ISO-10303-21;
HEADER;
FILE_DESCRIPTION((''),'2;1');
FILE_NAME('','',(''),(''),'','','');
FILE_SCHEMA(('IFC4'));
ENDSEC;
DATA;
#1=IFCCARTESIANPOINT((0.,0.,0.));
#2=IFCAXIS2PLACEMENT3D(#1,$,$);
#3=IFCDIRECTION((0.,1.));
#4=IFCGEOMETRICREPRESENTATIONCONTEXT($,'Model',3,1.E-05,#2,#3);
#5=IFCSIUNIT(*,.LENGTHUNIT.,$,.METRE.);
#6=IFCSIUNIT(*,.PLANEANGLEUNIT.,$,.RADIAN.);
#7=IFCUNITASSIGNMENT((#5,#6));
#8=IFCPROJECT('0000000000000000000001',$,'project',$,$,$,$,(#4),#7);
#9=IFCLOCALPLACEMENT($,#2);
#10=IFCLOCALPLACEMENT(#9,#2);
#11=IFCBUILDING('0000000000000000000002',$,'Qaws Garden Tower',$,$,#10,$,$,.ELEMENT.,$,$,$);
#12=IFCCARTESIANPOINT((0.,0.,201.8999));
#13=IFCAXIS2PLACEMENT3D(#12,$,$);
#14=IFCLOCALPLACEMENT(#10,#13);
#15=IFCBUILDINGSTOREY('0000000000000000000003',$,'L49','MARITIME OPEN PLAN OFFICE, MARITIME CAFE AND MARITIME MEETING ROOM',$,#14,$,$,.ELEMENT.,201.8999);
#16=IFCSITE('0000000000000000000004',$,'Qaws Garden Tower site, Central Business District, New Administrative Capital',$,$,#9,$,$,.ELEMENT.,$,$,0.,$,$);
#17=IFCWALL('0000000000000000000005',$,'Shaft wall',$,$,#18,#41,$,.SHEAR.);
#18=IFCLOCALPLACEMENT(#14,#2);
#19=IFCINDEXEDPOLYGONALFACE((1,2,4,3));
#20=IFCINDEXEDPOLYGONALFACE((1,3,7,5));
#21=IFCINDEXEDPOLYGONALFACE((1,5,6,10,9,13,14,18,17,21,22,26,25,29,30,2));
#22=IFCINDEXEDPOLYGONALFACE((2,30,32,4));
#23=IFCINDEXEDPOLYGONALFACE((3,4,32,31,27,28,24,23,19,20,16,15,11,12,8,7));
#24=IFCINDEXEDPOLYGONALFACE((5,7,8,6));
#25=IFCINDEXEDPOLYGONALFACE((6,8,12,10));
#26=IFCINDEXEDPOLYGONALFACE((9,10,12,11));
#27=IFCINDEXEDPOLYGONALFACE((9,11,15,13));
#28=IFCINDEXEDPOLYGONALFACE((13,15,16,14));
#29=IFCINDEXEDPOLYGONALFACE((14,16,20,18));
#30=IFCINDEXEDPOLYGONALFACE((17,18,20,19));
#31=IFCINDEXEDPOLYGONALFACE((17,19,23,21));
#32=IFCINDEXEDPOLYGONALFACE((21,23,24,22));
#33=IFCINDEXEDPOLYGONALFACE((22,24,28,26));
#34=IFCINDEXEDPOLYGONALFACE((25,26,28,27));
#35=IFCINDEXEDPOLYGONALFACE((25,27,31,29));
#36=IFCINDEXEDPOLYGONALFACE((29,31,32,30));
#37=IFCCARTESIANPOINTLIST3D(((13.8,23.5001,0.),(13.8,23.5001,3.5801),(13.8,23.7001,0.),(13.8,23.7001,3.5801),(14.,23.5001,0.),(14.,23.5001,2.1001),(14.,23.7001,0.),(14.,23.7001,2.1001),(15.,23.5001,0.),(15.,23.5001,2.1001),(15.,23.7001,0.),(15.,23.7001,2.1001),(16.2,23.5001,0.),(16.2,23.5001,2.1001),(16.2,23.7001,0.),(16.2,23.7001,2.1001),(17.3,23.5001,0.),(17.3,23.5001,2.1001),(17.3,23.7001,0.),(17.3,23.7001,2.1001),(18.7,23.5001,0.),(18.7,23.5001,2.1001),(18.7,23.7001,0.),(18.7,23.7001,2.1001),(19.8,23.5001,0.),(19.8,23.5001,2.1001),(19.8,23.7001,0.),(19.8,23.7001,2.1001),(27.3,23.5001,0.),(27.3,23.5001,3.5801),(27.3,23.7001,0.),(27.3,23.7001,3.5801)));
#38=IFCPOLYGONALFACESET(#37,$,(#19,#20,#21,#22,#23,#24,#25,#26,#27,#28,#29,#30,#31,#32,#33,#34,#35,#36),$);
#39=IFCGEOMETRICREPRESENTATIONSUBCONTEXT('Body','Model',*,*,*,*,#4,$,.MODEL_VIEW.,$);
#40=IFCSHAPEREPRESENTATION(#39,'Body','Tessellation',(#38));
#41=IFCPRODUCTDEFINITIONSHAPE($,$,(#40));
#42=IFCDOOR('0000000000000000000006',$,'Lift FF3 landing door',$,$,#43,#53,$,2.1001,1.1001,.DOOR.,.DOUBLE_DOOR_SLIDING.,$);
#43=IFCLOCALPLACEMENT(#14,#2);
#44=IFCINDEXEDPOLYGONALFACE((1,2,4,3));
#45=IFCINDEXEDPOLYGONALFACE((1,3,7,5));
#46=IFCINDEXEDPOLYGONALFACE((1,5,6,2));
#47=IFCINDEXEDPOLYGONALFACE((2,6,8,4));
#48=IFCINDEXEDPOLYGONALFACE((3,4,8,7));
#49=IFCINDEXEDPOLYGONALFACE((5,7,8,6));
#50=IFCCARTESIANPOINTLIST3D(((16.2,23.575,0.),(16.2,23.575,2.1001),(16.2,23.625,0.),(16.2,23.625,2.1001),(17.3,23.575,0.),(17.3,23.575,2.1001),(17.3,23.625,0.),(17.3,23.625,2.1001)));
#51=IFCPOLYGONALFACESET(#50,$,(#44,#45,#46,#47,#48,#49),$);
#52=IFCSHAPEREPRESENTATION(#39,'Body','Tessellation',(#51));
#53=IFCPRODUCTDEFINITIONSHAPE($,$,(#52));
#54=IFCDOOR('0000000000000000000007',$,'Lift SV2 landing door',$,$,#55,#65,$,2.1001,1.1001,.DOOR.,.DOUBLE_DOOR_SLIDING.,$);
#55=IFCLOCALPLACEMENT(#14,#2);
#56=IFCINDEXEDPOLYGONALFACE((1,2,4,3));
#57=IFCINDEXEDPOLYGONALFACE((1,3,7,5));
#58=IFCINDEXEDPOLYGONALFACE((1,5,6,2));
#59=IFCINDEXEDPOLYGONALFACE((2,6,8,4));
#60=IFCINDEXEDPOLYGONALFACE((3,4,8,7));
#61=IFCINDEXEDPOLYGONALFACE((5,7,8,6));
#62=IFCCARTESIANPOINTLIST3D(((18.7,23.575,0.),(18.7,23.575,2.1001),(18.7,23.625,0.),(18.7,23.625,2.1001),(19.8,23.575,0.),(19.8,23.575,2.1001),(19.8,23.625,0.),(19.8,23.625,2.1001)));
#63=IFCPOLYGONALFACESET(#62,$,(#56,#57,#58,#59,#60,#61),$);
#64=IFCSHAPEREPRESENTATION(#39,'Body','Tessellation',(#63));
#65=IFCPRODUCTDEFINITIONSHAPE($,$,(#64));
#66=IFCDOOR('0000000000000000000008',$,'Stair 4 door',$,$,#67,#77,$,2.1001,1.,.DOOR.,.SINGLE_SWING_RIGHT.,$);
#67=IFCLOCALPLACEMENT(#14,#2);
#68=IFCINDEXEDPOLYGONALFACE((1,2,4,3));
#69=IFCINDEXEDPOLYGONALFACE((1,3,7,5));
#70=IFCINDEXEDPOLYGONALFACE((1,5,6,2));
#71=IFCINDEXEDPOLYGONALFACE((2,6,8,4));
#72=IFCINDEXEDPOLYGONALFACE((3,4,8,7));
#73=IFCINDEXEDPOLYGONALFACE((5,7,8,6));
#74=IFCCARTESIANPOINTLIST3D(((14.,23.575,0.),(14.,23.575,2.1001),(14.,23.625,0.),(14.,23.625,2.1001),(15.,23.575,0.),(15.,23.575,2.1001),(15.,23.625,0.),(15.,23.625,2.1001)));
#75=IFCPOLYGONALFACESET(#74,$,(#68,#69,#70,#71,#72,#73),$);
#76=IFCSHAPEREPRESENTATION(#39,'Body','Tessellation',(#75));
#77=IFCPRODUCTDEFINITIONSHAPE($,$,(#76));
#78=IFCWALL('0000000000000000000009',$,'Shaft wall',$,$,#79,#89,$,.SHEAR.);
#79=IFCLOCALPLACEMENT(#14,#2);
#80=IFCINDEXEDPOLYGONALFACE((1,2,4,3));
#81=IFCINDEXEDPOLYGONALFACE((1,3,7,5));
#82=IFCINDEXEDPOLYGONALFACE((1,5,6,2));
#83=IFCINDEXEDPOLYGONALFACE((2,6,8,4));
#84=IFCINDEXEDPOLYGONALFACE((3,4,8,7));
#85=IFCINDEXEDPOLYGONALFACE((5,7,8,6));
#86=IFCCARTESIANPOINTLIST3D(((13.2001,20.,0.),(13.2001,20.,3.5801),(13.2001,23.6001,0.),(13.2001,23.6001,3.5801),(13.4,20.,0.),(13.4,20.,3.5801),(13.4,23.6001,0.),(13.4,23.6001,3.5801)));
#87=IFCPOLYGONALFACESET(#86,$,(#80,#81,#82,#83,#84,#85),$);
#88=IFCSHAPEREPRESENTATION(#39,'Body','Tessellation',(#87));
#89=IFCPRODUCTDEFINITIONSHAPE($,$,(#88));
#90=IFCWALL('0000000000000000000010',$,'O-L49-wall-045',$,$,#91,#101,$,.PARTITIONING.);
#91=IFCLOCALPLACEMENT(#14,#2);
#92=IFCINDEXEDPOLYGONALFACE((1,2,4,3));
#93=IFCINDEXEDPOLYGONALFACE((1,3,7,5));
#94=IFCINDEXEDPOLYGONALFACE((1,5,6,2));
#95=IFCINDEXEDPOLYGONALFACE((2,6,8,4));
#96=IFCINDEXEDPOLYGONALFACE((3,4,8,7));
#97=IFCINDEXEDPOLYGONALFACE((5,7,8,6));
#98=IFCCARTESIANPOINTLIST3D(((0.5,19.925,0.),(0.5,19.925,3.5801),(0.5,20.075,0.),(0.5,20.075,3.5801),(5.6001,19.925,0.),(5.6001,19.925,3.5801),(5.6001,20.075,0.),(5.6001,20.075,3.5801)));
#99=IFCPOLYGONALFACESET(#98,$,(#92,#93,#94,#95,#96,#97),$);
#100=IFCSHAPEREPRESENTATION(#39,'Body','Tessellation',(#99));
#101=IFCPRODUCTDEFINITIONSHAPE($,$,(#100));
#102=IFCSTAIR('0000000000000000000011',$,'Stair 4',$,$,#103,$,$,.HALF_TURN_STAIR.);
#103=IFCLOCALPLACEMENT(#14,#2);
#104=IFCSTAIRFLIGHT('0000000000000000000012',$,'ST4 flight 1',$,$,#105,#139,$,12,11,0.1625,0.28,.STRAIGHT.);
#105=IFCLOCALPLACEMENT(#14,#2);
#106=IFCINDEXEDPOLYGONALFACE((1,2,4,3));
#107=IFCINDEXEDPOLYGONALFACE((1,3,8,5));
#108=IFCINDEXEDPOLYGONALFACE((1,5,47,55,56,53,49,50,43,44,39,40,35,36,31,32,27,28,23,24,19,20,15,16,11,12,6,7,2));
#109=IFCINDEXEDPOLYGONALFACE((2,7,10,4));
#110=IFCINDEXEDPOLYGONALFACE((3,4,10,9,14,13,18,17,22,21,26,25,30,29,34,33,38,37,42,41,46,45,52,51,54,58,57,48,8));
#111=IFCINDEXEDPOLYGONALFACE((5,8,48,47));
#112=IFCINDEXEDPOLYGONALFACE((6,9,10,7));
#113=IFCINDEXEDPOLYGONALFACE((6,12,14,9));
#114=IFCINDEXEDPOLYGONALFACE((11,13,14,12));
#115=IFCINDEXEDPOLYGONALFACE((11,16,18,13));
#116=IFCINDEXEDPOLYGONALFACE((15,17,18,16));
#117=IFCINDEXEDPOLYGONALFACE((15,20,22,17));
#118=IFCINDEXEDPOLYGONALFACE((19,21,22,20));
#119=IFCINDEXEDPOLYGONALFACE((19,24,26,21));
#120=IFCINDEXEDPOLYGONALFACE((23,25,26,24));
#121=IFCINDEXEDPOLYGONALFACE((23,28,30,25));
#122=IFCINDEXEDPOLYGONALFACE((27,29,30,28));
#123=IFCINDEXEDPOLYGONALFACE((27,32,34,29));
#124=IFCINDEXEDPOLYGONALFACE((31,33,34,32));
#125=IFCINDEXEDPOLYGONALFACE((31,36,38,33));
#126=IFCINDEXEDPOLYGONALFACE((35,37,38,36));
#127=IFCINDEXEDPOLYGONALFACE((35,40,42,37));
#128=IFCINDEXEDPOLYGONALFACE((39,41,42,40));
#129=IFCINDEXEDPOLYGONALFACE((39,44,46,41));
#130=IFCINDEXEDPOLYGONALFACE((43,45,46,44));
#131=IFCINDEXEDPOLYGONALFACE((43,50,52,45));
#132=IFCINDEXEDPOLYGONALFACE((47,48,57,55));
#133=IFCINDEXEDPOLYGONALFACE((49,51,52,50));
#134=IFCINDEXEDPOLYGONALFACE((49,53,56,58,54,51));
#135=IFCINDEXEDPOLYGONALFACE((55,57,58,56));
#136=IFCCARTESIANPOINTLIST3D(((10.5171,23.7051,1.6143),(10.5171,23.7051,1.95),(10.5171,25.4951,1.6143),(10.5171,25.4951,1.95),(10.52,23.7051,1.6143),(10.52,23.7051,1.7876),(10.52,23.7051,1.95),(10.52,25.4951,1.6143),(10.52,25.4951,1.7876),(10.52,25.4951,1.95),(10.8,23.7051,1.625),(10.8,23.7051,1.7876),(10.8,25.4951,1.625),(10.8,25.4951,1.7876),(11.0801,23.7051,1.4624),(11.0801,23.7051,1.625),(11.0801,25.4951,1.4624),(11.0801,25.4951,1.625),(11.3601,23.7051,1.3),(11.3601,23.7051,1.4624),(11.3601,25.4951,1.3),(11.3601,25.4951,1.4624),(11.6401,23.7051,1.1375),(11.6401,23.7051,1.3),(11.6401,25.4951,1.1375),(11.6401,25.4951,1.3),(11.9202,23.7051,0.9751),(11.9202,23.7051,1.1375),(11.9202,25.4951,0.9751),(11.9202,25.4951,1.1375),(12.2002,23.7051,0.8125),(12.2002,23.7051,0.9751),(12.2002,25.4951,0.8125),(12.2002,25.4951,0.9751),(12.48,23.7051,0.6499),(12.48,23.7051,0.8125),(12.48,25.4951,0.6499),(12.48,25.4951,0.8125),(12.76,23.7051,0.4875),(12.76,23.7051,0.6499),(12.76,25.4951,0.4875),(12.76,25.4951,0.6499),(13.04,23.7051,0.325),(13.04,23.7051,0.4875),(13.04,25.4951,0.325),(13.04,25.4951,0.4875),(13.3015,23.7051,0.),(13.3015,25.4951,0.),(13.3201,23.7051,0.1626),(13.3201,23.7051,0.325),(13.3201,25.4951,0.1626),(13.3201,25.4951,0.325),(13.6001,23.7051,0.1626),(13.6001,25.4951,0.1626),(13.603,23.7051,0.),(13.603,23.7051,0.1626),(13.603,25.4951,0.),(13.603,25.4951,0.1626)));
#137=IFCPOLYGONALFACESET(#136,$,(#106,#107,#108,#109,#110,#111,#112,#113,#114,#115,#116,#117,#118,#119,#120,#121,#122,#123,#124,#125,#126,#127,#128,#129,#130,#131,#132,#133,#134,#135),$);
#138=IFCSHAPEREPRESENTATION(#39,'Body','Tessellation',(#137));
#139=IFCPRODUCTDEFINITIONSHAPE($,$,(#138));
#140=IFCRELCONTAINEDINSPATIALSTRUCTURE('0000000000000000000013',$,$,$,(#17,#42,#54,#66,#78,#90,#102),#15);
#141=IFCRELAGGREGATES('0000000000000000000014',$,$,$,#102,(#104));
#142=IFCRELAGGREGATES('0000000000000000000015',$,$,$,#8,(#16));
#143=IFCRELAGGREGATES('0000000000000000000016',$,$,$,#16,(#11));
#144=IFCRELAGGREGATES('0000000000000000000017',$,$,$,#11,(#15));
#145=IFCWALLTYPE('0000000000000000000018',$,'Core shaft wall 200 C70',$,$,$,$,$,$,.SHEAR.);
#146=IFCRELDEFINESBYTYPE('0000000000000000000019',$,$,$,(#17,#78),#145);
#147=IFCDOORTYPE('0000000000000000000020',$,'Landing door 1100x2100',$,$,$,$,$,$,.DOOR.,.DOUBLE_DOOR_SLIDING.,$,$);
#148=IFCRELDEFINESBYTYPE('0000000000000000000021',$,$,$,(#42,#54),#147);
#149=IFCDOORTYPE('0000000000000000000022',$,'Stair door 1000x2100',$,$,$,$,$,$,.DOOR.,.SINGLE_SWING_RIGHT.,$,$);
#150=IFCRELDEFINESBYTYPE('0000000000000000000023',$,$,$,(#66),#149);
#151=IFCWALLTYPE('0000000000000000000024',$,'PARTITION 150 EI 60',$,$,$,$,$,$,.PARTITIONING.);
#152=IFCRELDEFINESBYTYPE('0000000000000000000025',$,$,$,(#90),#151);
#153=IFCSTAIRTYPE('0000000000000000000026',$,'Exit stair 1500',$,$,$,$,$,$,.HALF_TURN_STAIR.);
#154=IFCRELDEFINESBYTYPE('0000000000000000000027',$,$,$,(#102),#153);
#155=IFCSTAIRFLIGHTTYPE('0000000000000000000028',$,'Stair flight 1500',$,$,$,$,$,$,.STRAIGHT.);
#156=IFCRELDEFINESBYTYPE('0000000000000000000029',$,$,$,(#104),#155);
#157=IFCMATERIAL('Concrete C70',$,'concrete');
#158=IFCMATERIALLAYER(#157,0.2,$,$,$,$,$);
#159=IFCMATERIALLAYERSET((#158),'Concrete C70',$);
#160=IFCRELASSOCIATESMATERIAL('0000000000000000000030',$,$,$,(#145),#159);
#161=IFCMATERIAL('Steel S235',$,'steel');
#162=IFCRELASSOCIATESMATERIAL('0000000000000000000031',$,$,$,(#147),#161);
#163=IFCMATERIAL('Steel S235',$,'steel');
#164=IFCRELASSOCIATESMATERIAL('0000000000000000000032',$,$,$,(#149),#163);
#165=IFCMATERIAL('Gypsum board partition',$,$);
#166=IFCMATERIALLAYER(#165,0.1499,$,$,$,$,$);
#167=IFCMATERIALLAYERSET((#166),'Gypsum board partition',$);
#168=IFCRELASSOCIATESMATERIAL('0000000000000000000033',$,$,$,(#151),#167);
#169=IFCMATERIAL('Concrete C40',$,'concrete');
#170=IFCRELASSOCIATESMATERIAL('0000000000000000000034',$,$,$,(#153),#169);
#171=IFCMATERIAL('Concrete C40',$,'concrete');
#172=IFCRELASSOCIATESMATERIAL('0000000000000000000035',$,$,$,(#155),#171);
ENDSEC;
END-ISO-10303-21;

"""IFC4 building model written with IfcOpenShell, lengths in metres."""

from ifc_helpers import new_model, si_unit, direction, frame, frame_2d, origin, place, context, subcontext, project, spatial, polyline, rectangle, outline, extrude, material, layer, layer_set, type_object, element, fill, aggregate, save


model = new_model("IFC4")

# Units and contexts
model_context = context("Model", 3, precision=1e-05, world=origin(), true_north=direction((0.0, 1.0)))
body_context = subcontext(model_context, "Body", "Model", "MODEL_VIEW")
ifc_project = project(units=[si_unit("LENGTHUNIT", "METRE"), si_unit("PLANEANGLEUNIT", "RADIAN")], contexts=[model_context])

# Site, building, storey
site_placement = place(None, origin())
site = spatial("IfcSite", under=ifc_project, at=site_placement, Name="Qaws Garden Tower site, Central Business District, New Administrative Capital", CompositionType="ELEMENT", RefElevation=0.0)
building_placement = place(site_placement, origin())
building = spatial("IfcBuilding", under=site, at=building_placement, Name="Qaws Garden Tower", CompositionType="ELEMENT")
storey_placement = place(building_placement, frame((0.0, 0.0, 201.8999)))
storey = spatial("IfcBuildingStorey", under=building, at=storey_placement, Name="L49", Description="MARITIME OPEN PLAN OFFICE, MARITIME CAFE AND MARITIME MEETING ROOM", CompositionType="ELEMENT", Elevation=201.8999)

# Shared definitions
ifc_material_1 = material(Name="Concrete C70", Category="concrete")
ifc_layer_1 = layer(ifc_material_1, 0.2)
ifc_layer_set_1 = layer_set([ifc_layer_1], Name="Concrete C70")
wall_type_1 = type_object("IfcWallType", Name="Core shaft wall 200 C70", PredefinedType="SHEAR", material=ifc_layer_set_1)

# Wall, openings, doors
wall_1_placement = place(storey_placement, frame((13.8, 23.6001, 0.0), z_axis=(0.0, 0.0, 1.0), x_axis=(1.0, 0.0, 0.0)))
wall_1 = element("IfcWall", 1, at=wall_1_placement, inside=storey, type_object=wall_type_1, Name="Shaft wall", PredefinedType="SHEAR", context=body_context, shape_type="SweptSolid", body=[
    extrude(rectangle(XDim=13.5, YDim=0.2, at=frame_2d((6.75, 0.0))), origin(), (0.0, 0.0, 1.0), 3.5801),
])
opening_1_placement = place(wall_1_placement, frame((2.3999, 0.0, 0.0)))
opening_1 = element("IfcOpeningElement", 2, at=opening_1_placement, cuts=wall_1, PredefinedType="OPENING", context=body_context, shape_type="SweptSolid", body=[
    extrude(rectangle(XDim=1.1001, YDim=2.1001, at=frame_2d((0.55, 1.05))), frame((0.0, 0.1099, 0.0), z_axis=(0.0, -1.0, 0.0), x_axis=(1.0, 0.0, 0.0)), (0.0, 0.0, 1.0), 0.22),
])
opening_2_placement = place(wall_1_placement, frame((4.8999, 0.0, 0.0)))
opening_2 = element("IfcOpeningElement", 3, at=opening_2_placement, cuts=wall_1, PredefinedType="OPENING", context=body_context, shape_type="SweptSolid", body=[
    extrude(rectangle(XDim=1.1001, YDim=2.1001, at=frame_2d((0.55, 1.05))), frame((0.0, 0.1099, 0.0), z_axis=(0.0, -1.0, 0.0), x_axis=(1.0, 0.0, 0.0)), (0.0, 0.0, 1.0), 0.22),
])
opening_3_placement = place(wall_1_placement, frame((0.2, 0.0, 0.0)))
opening_3 = element("IfcOpeningElement", 4, at=opening_3_placement, cuts=wall_1, PredefinedType="OPENING", context=body_context, shape_type="SweptSolid", body=[
    extrude(rectangle(XDim=1.0, YDim=2.1001, at=frame_2d((0.5, 1.05))), frame((0.0, 0.1099, 0.0), z_axis=(0.0, -1.0, 0.0), x_axis=(1.0, 0.0, 0.0)), (0.0, 0.0, 1.0), 0.22),
])
ifc_material_2 = material(Name="Steel S235", Category="steel")
door_type_1 = type_object("IfcDoorType", Name="Landing door 1100x2100", OperationType="DOUBLE_DOOR_SLIDING", PredefinedType="DOOR", material=ifc_material_2)
door_1_placement = place(opening_1_placement, origin())
door_1 = element("IfcDoor", 5, at=door_1_placement, inside=storey, type_object=door_type_1, Name="Lift FF3 landing door", OperationType="DOUBLE_DOOR_SLIDING", OverallHeight=2.1001, OverallWidth=1.1001, PredefinedType="DOOR", context=body_context, shape_type="SweptSolid", body=[
    extrude(rectangle(XDim=1.1001, YDim=2.1001, at=frame_2d((0.55, 1.05))), frame((0.0, 0.0249, 0.0), z_axis=(0.0, -1.0, 0.0), x_axis=(1.0, 0.0, 0.0)), (0.0, 0.0, 1.0), 0.05),
])
fill(opening_1, door_1)
door_2_placement = place(opening_2_placement, origin())
door_2 = element("IfcDoor", 6, at=door_2_placement, inside=storey, type_object=door_type_1, Name="Lift SV2 landing door", OperationType="DOUBLE_DOOR_SLIDING", OverallHeight=2.1001, OverallWidth=1.1001, PredefinedType="DOOR", context=body_context, shape_type="SweptSolid", body=[
    extrude(rectangle(XDim=1.1001, YDim=2.1001, at=frame_2d((0.55, 1.05))), frame((0.0, 0.0249, 0.0), z_axis=(0.0, -1.0, 0.0), x_axis=(1.0, 0.0, 0.0)), (0.0, 0.0, 1.0), 0.05),
])
fill(opening_2, door_2)
ifc_material_3 = material(Name="Steel S235", Category="steel")
door_type_2 = type_object("IfcDoorType", Name="Stair door 1000x2100", OperationType="SINGLE_SWING_RIGHT", PredefinedType="DOOR", material=ifc_material_3)
door_3_placement = place(opening_3_placement, origin())
door_3 = element("IfcDoor", 7, at=door_3_placement, inside=storey, type_object=door_type_2, Name="Stair 4 door", OperationType="SINGLE_SWING_RIGHT", OverallHeight=2.1001, OverallWidth=1.0, PredefinedType="DOOR", context=body_context, shape_type="SweptSolid", body=[
    extrude(rectangle(XDim=1.0, YDim=2.1001, at=frame_2d((0.5, 1.05))), frame((0.0, 0.0249, 0.0), z_axis=(0.0, -1.0, 0.0), x_axis=(1.0, 0.0, 0.0)), (0.0, 0.0, 1.0), 0.05),
])
fill(opening_3, door_3)

# Walls
wall_2_placement = place(storey_placement, frame((13.3, 20.0, 0.0), z_axis=(0.0, 0.0, 1.0), x_axis=(0.0, 1.0, 0.0)))
element("IfcWall", 8, at=wall_2_placement, inside=storey, type_object=wall_type_1, Name="Shaft wall", PredefinedType="SHEAR", context=body_context, shape_type="SweptSolid", body=[
    extrude(rectangle(XDim=3.6001, YDim=0.2, at=frame_2d((1.8, 0.0))), origin(), (0.0, 0.0, 1.0), 3.5801),
])
ifc_material_4 = material(Name="Gypsum board partition")
ifc_layer_2 = layer(ifc_material_4, 0.1499)
ifc_layer_set_2 = layer_set([ifc_layer_2], Name="Gypsum board partition")
wall_type_2 = type_object("IfcWallType", Name="PARTITION 150 EI 60", PredefinedType="PARTITIONING", material=ifc_layer_set_2)
wall_3_placement = place(storey_placement, frame((0.5, 20.0, 0.0), z_axis=(0.0, 0.0, 1.0), x_axis=(1.0, 0.0, 0.0)))
element("IfcWall", 9, at=wall_3_placement, inside=storey, type_object=wall_type_2, Name="O-L49-wall-045", PredefinedType="PARTITIONING", context=body_context, shape_type="SweptSolid", body=[
    extrude(rectangle(XDim=5.1001, YDim=0.1499, at=frame_2d((2.55, 0.0))), origin(), (0.0, 0.0, 1.0), 3.5801),
])

# Stair, stair flight
ifc_material_5 = material(Name="Concrete C40", Category="concrete")
stair_type = type_object("IfcStairType", Name="Exit stair 1500", PredefinedType="HALF_TURN_STAIR", material=ifc_material_5)
stair_placement = place(storey_placement, origin())
stair = element("IfcStair", 10, at=stair_placement, inside=storey, type_object=stair_type, Name="Stair 4", PredefinedType="HALF_TURN_STAIR")
ifc_material_6 = material(Name="Concrete C40", Category="concrete")
stair_flight_type = type_object("IfcStairFlightType", Name="Stair flight 1500", PredefinedType="STRAIGHT", material=ifc_material_6)
stair_flight_1_placement = place(storey_placement, frame((13.6001, 24.6001, 0.0), z_axis=(0.0, 0.0, 1.0), x_axis=(-1.0, 0.0, 0.0)))
stair_flight_1 = element("IfcStairFlight", 11, at=stair_flight_1_placement, type_object=stair_flight_type, Name="ST4 flight 1", NumberOfRisers=12, NumberOfTreads=11, PredefinedType="STRAIGHT", RiserHeight=0.1625, TreadLength=0.28, context=body_context, shape_type="SweptSolid", body=[
    extrude(outline(polyline([(-0.0029, 0.0), (-0.0029, 0.1626), (0.0, 0.1626), (0.28, 0.1626), (0.28, 0.325), (0.5601, 0.325), (0.5601, 0.4875), (0.8401, 0.4875), (0.8401, 0.6499), (1.1201, 0.6499), (1.1201, 0.8125), (1.3999, 0.8125), (1.3999, 0.9751), (1.6799, 0.9751), (1.6799, 1.1375), (1.96, 1.1375), (1.96, 1.3), (2.24, 1.3), (2.24, 1.4624), (2.52, 1.4624), (2.52, 1.625), (2.8, 1.625), (2.8, 1.7876), (3.0801, 1.7876), (3.0801, 1.95), (3.083, 1.95), (3.083, 1.6143), (3.0801, 1.6143), (0.2986, 0.0), (-0.0029, 0.0)])), frame((0.0, 0.895, 0.0), z_axis=(0.0, -1.0, 0.0), x_axis=(1.0, 0.0, 0.0)), (0.0, 0.0, 1.0), 1.79),
])
aggregate(stair, [stair_flight_1])

save(model, "model.ifc")
